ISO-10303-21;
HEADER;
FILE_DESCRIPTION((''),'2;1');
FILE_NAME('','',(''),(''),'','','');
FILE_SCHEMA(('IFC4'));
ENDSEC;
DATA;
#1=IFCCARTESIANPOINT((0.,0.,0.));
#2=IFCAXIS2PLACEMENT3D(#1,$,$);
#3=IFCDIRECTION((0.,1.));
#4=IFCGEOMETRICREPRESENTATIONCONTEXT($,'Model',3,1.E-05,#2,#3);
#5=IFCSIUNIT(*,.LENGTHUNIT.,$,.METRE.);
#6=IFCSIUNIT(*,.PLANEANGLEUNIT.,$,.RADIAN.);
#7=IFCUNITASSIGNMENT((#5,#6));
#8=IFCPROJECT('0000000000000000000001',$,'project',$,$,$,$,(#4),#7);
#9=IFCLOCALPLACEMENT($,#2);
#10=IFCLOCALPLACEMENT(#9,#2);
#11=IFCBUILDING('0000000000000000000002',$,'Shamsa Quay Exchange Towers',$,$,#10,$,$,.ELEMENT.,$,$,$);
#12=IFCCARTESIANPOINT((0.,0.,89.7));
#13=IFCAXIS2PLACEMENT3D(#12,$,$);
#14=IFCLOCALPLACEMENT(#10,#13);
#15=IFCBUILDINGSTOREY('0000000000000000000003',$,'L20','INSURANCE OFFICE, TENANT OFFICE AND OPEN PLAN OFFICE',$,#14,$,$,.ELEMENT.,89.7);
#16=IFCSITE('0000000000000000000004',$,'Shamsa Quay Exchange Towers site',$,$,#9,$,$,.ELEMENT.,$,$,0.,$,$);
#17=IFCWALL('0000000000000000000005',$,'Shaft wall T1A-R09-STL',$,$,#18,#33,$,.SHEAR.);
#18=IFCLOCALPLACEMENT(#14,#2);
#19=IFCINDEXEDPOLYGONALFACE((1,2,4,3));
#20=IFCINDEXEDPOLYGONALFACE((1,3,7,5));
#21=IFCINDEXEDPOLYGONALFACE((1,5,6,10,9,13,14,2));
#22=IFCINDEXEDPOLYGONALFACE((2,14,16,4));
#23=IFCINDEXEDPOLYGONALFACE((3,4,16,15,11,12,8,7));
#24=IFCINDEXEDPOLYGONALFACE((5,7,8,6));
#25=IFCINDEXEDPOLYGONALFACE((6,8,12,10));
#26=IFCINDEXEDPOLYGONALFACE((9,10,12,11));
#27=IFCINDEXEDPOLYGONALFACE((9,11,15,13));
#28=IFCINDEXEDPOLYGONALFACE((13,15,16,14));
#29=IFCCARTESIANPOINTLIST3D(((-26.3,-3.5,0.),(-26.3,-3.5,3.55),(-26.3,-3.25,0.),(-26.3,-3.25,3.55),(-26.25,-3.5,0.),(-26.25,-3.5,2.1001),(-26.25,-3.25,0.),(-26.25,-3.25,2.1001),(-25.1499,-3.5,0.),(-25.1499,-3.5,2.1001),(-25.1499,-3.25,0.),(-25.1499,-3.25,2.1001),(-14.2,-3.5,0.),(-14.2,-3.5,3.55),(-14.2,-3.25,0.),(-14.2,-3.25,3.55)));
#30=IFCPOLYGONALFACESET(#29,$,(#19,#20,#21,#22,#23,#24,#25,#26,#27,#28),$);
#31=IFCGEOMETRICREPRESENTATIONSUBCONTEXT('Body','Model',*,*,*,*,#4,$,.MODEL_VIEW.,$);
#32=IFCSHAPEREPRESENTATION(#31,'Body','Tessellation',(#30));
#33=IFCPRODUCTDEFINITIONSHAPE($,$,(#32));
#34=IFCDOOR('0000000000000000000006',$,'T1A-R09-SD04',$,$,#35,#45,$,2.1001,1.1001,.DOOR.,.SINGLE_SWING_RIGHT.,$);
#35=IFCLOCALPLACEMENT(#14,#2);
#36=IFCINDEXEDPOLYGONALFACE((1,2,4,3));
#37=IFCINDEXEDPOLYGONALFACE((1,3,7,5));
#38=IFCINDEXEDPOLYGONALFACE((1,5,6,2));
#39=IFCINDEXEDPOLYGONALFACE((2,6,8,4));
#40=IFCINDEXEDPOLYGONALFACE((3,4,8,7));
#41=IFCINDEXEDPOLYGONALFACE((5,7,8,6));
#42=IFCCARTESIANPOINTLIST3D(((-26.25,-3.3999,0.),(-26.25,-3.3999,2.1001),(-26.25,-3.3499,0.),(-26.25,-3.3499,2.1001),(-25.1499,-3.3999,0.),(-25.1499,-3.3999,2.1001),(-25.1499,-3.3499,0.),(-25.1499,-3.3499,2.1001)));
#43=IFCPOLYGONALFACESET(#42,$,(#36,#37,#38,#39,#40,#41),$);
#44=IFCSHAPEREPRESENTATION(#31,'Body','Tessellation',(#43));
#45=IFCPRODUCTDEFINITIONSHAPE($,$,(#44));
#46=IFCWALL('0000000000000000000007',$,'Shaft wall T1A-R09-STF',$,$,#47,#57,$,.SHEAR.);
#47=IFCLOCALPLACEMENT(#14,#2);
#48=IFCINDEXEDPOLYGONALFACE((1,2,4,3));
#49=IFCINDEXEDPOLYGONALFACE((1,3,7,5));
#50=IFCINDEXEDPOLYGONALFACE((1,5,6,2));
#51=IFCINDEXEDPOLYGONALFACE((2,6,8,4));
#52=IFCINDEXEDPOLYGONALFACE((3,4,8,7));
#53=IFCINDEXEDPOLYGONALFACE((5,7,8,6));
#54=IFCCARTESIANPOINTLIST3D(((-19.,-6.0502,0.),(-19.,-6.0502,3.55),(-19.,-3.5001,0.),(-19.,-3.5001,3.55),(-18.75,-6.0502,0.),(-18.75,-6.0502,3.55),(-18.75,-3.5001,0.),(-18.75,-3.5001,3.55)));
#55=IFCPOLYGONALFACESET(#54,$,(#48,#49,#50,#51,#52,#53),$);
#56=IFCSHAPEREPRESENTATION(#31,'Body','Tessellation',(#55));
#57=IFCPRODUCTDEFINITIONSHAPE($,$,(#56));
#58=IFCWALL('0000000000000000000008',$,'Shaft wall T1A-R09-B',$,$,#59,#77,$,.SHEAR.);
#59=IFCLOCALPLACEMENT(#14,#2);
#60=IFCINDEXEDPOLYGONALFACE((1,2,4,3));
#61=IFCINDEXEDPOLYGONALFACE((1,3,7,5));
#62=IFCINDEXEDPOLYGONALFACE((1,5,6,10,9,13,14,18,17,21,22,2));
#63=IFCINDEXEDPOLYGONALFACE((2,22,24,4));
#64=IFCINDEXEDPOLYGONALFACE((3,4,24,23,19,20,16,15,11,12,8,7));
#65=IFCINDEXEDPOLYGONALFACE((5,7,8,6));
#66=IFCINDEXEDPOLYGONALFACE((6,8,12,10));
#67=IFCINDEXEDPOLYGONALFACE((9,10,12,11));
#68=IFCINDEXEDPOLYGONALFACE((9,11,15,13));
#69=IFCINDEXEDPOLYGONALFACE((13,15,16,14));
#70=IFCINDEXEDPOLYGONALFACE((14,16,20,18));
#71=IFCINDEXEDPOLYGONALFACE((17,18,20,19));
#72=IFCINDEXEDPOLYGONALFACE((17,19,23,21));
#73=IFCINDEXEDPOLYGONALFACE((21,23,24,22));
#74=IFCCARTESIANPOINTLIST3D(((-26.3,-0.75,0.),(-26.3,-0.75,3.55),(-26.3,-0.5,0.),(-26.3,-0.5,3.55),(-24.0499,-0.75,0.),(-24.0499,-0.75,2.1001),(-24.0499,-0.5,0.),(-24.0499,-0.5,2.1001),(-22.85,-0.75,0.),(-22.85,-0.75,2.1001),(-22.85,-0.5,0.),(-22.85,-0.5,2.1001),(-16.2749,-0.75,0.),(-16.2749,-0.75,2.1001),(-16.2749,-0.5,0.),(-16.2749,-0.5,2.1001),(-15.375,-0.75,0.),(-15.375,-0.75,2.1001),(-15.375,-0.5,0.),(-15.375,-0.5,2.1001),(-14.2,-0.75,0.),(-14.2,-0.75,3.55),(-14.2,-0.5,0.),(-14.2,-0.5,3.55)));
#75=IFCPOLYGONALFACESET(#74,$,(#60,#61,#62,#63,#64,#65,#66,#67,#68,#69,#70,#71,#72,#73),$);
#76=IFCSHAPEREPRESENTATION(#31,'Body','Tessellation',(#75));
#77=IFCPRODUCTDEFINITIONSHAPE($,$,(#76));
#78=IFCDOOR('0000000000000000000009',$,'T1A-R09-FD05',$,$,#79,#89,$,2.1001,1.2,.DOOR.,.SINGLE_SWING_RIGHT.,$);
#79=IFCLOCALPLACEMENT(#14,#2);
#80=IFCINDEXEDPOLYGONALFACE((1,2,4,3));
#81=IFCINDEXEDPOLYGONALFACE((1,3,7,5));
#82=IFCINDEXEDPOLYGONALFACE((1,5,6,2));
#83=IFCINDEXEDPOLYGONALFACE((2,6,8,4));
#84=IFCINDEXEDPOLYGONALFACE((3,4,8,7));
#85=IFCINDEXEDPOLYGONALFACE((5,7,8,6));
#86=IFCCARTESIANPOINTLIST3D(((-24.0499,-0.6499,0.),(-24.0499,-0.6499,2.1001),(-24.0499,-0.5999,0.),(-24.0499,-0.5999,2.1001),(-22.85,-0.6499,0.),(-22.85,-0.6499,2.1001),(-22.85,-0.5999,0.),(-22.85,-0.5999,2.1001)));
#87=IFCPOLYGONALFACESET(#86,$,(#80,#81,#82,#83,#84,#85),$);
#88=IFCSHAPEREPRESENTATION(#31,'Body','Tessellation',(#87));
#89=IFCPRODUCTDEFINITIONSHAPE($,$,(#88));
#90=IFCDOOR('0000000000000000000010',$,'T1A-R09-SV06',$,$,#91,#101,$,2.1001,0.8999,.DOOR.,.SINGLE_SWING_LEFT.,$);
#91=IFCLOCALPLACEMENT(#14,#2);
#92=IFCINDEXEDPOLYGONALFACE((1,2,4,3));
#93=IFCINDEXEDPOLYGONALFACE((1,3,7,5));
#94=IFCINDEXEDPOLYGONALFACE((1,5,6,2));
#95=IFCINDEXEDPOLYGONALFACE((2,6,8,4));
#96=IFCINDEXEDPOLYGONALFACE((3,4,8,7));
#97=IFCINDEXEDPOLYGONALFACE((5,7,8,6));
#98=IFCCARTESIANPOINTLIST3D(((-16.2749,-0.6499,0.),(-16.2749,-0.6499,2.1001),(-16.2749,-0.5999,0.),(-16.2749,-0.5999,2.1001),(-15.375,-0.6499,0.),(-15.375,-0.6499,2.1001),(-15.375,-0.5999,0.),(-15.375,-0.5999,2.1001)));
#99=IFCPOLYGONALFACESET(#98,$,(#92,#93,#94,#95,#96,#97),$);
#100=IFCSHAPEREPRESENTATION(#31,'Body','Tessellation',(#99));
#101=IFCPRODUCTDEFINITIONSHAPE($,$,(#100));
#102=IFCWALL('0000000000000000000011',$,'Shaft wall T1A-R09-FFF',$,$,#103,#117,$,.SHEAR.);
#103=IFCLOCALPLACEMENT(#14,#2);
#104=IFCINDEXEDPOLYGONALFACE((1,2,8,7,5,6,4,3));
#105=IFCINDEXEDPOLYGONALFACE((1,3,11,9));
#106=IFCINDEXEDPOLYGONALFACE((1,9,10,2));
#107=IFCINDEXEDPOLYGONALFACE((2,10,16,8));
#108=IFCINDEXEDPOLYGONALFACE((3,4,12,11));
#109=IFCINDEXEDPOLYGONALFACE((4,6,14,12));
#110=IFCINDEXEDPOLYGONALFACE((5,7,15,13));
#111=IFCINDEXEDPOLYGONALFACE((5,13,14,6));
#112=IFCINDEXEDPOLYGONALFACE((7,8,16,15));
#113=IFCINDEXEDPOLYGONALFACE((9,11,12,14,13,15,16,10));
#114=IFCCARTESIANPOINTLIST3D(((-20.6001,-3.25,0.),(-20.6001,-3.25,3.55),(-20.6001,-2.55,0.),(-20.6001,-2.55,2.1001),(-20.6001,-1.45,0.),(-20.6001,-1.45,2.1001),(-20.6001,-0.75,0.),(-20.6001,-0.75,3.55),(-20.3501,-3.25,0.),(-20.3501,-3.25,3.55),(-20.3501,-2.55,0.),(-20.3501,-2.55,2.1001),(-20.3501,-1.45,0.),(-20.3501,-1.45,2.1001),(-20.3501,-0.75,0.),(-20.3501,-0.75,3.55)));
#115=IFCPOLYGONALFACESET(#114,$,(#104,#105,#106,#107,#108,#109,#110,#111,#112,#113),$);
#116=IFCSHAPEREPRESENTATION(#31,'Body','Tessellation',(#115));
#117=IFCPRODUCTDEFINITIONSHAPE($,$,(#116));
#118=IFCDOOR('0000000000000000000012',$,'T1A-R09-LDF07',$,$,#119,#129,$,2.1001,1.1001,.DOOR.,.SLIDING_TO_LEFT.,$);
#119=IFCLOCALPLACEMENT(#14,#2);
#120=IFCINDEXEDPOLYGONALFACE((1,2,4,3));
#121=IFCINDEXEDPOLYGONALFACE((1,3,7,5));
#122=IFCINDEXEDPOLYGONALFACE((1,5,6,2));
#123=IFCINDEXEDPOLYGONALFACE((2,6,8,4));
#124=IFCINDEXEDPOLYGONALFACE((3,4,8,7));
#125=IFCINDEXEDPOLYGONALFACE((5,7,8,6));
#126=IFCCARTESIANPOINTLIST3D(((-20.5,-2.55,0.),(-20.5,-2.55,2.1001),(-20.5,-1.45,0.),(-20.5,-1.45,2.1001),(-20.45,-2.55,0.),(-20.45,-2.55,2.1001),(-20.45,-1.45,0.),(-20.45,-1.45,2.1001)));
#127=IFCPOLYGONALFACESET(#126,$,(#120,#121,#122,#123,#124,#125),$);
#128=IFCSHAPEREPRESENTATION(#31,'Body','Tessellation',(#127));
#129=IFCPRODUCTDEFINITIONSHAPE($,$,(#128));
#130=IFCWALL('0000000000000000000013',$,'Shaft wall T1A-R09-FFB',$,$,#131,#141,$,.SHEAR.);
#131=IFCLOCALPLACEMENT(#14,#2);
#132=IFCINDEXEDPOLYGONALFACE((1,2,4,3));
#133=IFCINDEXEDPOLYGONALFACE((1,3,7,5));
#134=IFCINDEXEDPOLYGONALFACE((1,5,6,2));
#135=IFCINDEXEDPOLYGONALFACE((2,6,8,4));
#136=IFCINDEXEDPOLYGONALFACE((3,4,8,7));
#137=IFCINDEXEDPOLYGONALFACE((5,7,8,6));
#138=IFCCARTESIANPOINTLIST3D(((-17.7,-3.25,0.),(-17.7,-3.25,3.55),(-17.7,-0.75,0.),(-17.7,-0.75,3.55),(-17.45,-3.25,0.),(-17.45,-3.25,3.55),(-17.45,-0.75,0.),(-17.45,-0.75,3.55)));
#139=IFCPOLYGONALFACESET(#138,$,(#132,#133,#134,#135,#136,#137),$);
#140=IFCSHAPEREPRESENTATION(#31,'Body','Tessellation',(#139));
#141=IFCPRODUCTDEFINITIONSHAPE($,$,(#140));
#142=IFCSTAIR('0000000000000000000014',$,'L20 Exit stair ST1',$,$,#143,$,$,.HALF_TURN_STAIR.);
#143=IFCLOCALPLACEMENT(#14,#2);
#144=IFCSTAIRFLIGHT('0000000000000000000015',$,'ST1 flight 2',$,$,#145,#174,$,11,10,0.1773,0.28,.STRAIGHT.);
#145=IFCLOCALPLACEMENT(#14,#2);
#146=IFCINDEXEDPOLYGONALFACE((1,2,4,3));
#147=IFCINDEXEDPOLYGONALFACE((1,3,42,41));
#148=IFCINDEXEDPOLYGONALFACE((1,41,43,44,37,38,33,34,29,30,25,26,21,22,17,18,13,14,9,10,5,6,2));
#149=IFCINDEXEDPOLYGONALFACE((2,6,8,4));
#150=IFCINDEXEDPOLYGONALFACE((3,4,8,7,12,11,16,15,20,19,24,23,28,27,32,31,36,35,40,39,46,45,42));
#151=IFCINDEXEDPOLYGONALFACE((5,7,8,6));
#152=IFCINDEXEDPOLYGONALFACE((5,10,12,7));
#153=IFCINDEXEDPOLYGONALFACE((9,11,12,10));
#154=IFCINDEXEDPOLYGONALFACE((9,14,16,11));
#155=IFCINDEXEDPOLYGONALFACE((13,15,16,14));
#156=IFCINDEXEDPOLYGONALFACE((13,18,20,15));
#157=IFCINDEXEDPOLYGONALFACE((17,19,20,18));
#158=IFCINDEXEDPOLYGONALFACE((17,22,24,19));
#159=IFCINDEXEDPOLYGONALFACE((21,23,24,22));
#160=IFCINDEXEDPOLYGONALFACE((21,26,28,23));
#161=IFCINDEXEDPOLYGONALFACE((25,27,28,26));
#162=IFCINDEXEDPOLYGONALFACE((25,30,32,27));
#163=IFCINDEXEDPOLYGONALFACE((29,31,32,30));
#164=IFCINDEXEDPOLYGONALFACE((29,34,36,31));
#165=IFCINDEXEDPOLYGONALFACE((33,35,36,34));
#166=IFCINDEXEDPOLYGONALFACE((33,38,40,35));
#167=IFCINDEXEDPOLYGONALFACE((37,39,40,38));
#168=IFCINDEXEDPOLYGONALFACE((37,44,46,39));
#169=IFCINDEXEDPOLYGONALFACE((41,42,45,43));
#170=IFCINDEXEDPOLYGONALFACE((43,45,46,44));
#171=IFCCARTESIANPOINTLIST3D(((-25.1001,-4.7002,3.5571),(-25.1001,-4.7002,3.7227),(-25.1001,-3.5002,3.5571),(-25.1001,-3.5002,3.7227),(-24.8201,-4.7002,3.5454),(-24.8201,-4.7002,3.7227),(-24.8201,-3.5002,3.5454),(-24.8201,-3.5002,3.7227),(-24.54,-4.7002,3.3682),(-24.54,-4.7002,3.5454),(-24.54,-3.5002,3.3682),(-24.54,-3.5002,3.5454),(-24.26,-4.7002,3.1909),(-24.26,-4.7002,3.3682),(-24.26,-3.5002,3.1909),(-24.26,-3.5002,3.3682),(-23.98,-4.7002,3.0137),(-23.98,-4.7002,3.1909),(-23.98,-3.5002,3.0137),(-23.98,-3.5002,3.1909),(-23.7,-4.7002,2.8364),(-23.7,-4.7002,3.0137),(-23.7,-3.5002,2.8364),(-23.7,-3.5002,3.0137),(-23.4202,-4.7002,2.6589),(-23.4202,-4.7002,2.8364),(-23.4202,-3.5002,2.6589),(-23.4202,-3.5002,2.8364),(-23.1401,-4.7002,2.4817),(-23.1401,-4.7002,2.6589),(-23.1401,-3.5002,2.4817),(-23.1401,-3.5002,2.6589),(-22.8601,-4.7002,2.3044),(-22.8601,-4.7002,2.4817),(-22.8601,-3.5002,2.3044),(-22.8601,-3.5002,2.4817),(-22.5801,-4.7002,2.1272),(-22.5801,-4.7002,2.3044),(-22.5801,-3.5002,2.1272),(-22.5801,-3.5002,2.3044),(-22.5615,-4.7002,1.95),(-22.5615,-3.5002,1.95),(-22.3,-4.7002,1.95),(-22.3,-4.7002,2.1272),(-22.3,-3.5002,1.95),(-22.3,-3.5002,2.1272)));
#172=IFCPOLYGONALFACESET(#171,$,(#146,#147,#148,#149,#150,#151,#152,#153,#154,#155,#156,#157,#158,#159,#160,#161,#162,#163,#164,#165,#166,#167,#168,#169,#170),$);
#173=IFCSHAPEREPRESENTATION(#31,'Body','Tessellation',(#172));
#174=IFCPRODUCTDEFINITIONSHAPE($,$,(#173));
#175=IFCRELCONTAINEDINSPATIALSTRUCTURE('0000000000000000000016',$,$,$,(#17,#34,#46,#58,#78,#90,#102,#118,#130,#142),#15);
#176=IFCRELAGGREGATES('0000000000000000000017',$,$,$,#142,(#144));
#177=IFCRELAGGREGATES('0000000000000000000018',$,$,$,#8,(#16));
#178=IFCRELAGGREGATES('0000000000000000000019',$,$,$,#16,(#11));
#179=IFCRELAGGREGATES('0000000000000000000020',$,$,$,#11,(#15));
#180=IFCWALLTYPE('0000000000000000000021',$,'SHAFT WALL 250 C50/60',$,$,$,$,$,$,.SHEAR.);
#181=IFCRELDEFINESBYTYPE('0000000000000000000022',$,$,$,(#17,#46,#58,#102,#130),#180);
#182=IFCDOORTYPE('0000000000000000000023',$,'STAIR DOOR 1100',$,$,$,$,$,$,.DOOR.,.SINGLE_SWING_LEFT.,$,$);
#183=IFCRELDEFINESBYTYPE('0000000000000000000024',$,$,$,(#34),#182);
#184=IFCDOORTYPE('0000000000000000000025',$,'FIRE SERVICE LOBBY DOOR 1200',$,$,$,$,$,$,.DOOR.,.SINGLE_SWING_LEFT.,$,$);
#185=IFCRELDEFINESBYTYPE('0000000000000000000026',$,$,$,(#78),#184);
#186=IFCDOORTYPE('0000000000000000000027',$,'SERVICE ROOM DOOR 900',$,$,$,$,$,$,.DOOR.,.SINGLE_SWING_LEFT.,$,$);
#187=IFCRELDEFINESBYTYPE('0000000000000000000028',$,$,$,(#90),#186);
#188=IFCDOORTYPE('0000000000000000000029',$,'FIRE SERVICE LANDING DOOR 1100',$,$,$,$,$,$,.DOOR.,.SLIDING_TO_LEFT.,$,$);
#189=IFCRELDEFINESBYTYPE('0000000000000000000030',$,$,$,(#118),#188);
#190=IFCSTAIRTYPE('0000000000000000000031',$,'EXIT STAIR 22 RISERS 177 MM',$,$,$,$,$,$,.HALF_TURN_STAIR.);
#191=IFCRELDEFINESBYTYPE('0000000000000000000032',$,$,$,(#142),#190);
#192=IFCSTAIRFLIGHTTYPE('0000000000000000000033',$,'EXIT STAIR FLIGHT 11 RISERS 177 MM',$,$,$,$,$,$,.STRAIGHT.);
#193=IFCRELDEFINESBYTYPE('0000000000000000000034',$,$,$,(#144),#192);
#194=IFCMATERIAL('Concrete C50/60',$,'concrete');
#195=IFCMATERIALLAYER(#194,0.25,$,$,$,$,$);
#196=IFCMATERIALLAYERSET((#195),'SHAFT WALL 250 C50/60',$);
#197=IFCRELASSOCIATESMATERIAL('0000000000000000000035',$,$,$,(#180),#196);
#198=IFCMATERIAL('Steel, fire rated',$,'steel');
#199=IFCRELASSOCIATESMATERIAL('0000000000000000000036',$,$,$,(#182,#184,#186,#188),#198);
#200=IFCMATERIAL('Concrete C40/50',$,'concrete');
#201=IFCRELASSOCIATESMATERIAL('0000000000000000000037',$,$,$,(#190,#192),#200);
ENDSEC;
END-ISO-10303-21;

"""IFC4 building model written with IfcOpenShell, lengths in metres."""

from ifc_helpers import new_model, si_unit, direction, frame, frame_2d, origin, place, context, subcontext, project, spatial, polyline, rectangle, outline, extrude, material, layer, layer_set, type_object, element, fill, aggregate, save


model = new_model("IFC4")

# Units and contexts
model_context = context("Model", 3, precision=1e-05, world=origin(), true_north=direction((0.0, 1.0)))
body_context = subcontext(model_context, "Body", "Model", "MODEL_VIEW")
ifc_project = project(units=[si_unit("LENGTHUNIT", "METRE"), si_unit("PLANEANGLEUNIT", "RADIAN")], contexts=[model_context])

# Site, building, storey
site_placement = place(None, origin())
site = spatial("IfcSite", under=ifc_project, at=site_placement, Name="Shamsa Quay Exchange Towers site", CompositionType="ELEMENT", RefElevation=0.0)
building_placement = place(site_placement, origin())
building = spatial("IfcBuilding", under=site, at=building_placement, Name="Shamsa Quay Exchange Towers", CompositionType="ELEMENT")
storey_placement = place(building_placement, frame((0.0, 0.0, 89.7)))
storey = spatial("IfcBuildingStorey", under=building, at=storey_placement, Name="L20", Description="INSURANCE OFFICE, TENANT OFFICE AND OPEN PLAN OFFICE", CompositionType="ELEMENT", Elevation=89.7)

# Wall, opening, door
ifc_material_1 = material(Name="Concrete C50/60", Category="concrete")
ifc_layer_1 = layer(ifc_material_1, 0.25)
ifc_layer_set_1 = layer_set([ifc_layer_1], Name="SHAFT WALL 250 C50/60")
wall_type_1 = type_object("IfcWallType", Name="SHAFT WALL 250 C50/60", PredefinedType="SHEAR", material=ifc_layer_set_1)
wall_1_placement = place(storey_placement, frame((-14.2, -3.375, 0.0), z_axis=(0.0, 0.0, 1.0), x_axis=(-1.0, 0.0, 0.0)))
wall_1 = element("IfcWall", 1, at=wall_1_placement, inside=storey, type_object=wall_type_1, Name="Shaft wall T1A-R09-STL", PredefinedType="SHEAR", context=body_context, shape_type="SweptSolid", body=[
    extrude(rectangle(XDim=12.1001, YDim=0.25, at=frame_2d((6.05, 0.0))), origin(), (0.0, 0.0, 1.0), 3.55),
])
opening_1_placement = place(wall_1_placement, frame((10.95, 0.0, 0.0)))
opening_1 = element("IfcOpeningElement", 2, at=opening_1_placement, cuts=wall_1, PredefinedType="OPENING", context=body_context, shape_type="SweptSolid", body=[
    extrude(rectangle(XDim=1.1001, YDim=2.1001, at=frame_2d((0.55, 1.05))), frame((0.0, 0.135, 0.0), z_axis=(0.0, -1.0, 0.0), x_axis=(1.0, 0.0, 0.0)), (0.0, 0.0, 1.0), 0.27),
])
ifc_material_2 = material(Name="Steel, fire rated", Category="steel")
door_type_1 = type_object("IfcDoorType", Name="STAIR DOOR 1100", OperationType="SINGLE_SWING_LEFT", PredefinedType="DOOR", material=ifc_material_2)
door_1_placement = place(opening_1_placement, origin())
door_1 = element("IfcDoor", 3, at=door_1_placement, inside=storey, type_object=door_type_1, Name="T1A-R09-SD04", OperationType="SINGLE_SWING_RIGHT", OverallHeight=2.1001, OverallWidth=1.1001, PredefinedType="DOOR", context=body_context, shape_type="SweptSolid", body=[
    extrude(rectangle(XDim=1.1001, YDim=2.1001, at=frame_2d((0.55, 1.05))), frame((0.0, 0.0249, 0.0), z_axis=(0.0, -1.0, 0.0), x_axis=(1.0, 0.0, 0.0)), (0.0, 0.0, 1.0), 0.05),
])
fill(opening_1, door_1)

# Wall
wall_2_placement = place(storey_placement, frame((-18.875, -6.05, 0.0), z_axis=(0.0, 0.0, 1.0), x_axis=(0.0, 1.0, 0.0)))
element("IfcWall", 4, at=wall_2_placement, inside=storey, type_object=wall_type_1, Name="Shaft wall T1A-R09-STF", PredefinedType="SHEAR", context=body_context, shape_type="SweptSolid", body=[
    extrude(rectangle(XDim=2.55, YDim=0.25, at=frame_2d((1.2749, 0.0))), origin(), (0.0, 0.0, 1.0), 3.55),
])

# Wall, openings, doors
wall_3_placement = place(storey_placement, frame((-14.2, -0.625, 0.0), z_axis=(0.0, 0.0, 1.0), x_axis=(-1.0, 0.0, 0.0)))
wall_3 = element("IfcWall", 5, at=wall_3_placement, inside=storey, type_object=wall_type_1, Name="Shaft wall T1A-R09-B", PredefinedType="SHEAR", context=body_context, shape_type="SweptSolid", body=[
    extrude(rectangle(XDim=12.1001, YDim=0.25, at=frame_2d((6.05, 0.0))), origin(), (0.0, 0.0, 1.0), 3.55),
])
opening_2_placement = place(wall_3_placement, frame((8.6499, 0.0, 0.0)))
opening_2 = element("IfcOpeningElement", 6, at=opening_2_placement, cuts=wall_3, PredefinedType="OPENING", context=body_context, shape_type="SweptSolid", body=[
    extrude(rectangle(XDim=1.2, YDim=2.1001, at=frame_2d((0.6001, 1.05))), frame((0.0, 0.135, 0.0), z_axis=(0.0, -1.0, 0.0), x_axis=(1.0, 0.0, 0.0)), (0.0, 0.0, 1.0), 0.27),
])
opening_3_placement = place(wall_3_placement, frame((1.175, 0.0, 0.0)))
opening_3 = element("IfcOpeningElement", 7, at=opening_3_placement, cuts=wall_3, PredefinedType="OPENING", context=body_context, shape_type="SweptSolid", body=[
    extrude(rectangle(XDim=0.8999, YDim=2.1001, at=frame_2d((0.45, 1.05))), frame((0.0, 0.135, 0.0), z_axis=(0.0, -1.0, 0.0), x_axis=(1.0, 0.0, 0.0)), (0.0, 0.0, 1.0), 0.27),
])
door_type_2 = type_object("IfcDoorType", Name="FIRE SERVICE LOBBY DOOR 1200", OperationType="SINGLE_SWING_LEFT", PredefinedType="DOOR", material=ifc_material_2)
door_2_placement = place(opening_2_placement, origin())
door_2 = element("IfcDoor", 8, at=door_2_placement, inside=storey, type_object=door_type_2, Name="T1A-R09-FD05", OperationType="SINGLE_SWING_RIGHT", OverallHeight=2.1001, OverallWidth=1.2, PredefinedType="DOOR", context=body_context, shape_type="SweptSolid", body=[
    extrude(rectangle(XDim=1.2, YDim=2.1001, at=frame_2d((0.6001, 1.05))), frame((0.0, 0.0249, 0.0), z_axis=(0.0, -1.0, 0.0), x_axis=(1.0, 0.0, 0.0)), (0.0, 0.0, 1.0), 0.05),
])
fill(opening_2, door_2)
door_type_3 = type_object("IfcDoorType", Name="SERVICE ROOM DOOR 900", OperationType="SINGLE_SWING_LEFT", PredefinedType="DOOR", material=ifc_material_2)
door_3_placement = place(opening_3_placement, origin())
door_3 = element("IfcDoor", 9, at=door_3_placement, inside=storey, type_object=door_type_3, Name="T1A-R09-SV06", OperationType="SINGLE_SWING_LEFT", OverallHeight=2.1001, OverallWidth=0.8999, PredefinedType="DOOR", context=body_context, shape_type="SweptSolid", body=[
    extrude(rectangle(XDim=0.8999, YDim=2.1001, at=frame_2d((0.45, 1.05))), frame((0.0, 0.0249, 0.0), z_axis=(0.0, -1.0, 0.0), x_axis=(1.0, 0.0, 0.0)), (0.0, 0.0, 1.0), 0.05),
])
fill(opening_3, door_3)

# Wall, opening, door
wall_4_placement = place(storey_placement, frame((-20.4751, -3.25, 0.0), z_axis=(0.0, 0.0, 1.0), x_axis=(0.0, 1.0, 0.0)))
wall_4 = element("IfcWall", 10, at=wall_4_placement, inside=storey, type_object=wall_type_1, Name="Shaft wall T1A-R09-FFF", PredefinedType="SHEAR", context=body_context, shape_type="SweptSolid", body=[
    extrude(rectangle(XDim=2.5, YDim=0.25, at=frame_2d((1.25, 0.0))), origin(), (0.0, 0.0, 1.0), 3.55),
])
opening_4_placement = place(wall_4_placement, frame((0.7, 0.0, 0.0)))
opening_4 = element("IfcOpeningElement", 11, at=opening_4_placement, cuts=wall_4, PredefinedType="OPENING", context=body_context, shape_type="SweptSolid", body=[
    extrude(rectangle(XDim=1.1001, YDim=2.1001, at=frame_2d((0.55, 1.05))), frame((0.0, 0.135, 0.0), z_axis=(0.0, -1.0, 0.0), x_axis=(1.0, 0.0, 0.0)), (0.0, 0.0, 1.0), 0.27),
])
door_type_4 = type_object("IfcDoorType", Name="FIRE SERVICE LANDING DOOR 1100", OperationType="SLIDING_TO_LEFT", PredefinedType="DOOR", material=ifc_material_2)
door_4_placement = place(opening_4_placement, origin())
door_4 = element("IfcDoor", 12, at=door_4_placement, inside=storey, type_object=door_type_4, Name="T1A-R09-LDF07", OperationType="SLIDING_TO_LEFT", OverallHeight=2.1001, OverallWidth=1.1001, PredefinedType="DOOR", context=body_context, shape_type="SweptSolid", body=[
    extrude(rectangle(XDim=1.1001, YDim=2.1001, at=frame_2d((0.55, 1.05))), frame((0.0, 0.0249, 0.0), z_axis=(0.0, -1.0, 0.0), x_axis=(1.0, 0.0, 0.0)), (0.0, 0.0, 1.0), 0.05),
])
fill(opening_4, door_4)

# Wall
wall_5_placement = place(storey_placement, frame((-17.575, -3.25, 0.0), z_axis=(0.0, 0.0, 1.0), x_axis=(0.0, 1.0, 0.0)))
element("IfcWall", 13, at=wall_5_placement, inside=storey, type_object=wall_type_1, Name="Shaft wall T1A-R09-FFB", PredefinedType="SHEAR", context=body_context, shape_type="SweptSolid", body=[
    extrude(rectangle(XDim=2.5, YDim=0.25, at=frame_2d((1.25, 0.0))), origin(), (0.0, 0.0, 1.0), 3.55),
])

# Stair, stair flight
ifc_material_3 = material(Name="Concrete C40/50", Category="concrete")
stair_type = type_object("IfcStairType", Name="EXIT STAIR 22 RISERS 177 MM", PredefinedType="HALF_TURN_STAIR", material=ifc_material_3)
stair_placement = place(storey_placement, origin())
stair = element("IfcStair", 14, at=stair_placement, inside=storey, type_object=stair_type, Name="L20 Exit stair ST1", PredefinedType="HALF_TURN_STAIR")
stair_flight_type = type_object("IfcStairFlightType", Name="EXIT STAIR FLIGHT 11 RISERS 177 MM", PredefinedType="STRAIGHT", material=ifc_material_3)
stair_flight_placement = place(storey_placement, frame((-22.3, -4.1001, 1.95), z_axis=(0.0, 0.0, 1.0), x_axis=(-1.0, 0.0, 0.0)))
stair_flight = element("IfcStairFlight", 15, at=stair_flight_placement, type_object=stair_flight_type, Name="ST1 flight 2", NumberOfRisers=11, NumberOfTreads=10, PredefinedType="STRAIGHT", RiserHeight=0.1773, TreadLength=0.28, context=body_context, shape_type="SweptSolid", body=[
    extrude(outline(polyline([(0.0, 0.0), (0.0, 0.1772), (0.28, 0.1772), (0.28, 0.3545), (0.5601, 0.3545), (0.5601, 0.5317), (0.8401, 0.5317), (0.8401, 0.709), (1.1201, 0.709), (1.1201, 0.8865), (1.3999, 0.8865), (1.3999, 1.0637), (1.6799, 1.0637), (1.6799, 1.241), (1.96, 1.241), (1.96, 1.4182), (2.24, 1.4182), (2.24, 1.5955), (2.52, 1.5955), (2.52, 1.7727), (2.8, 1.7727), (2.8, 1.95), (2.8, 1.6072), (0.2615, 0.0), (0.0, 0.0)])), frame((0.0, 0.6001, 0.0), z_axis=(0.0, -1.0, 0.0), x_axis=(1.0, 0.0, 0.0)), (0.0, 0.0, 1.0), 1.2),
])
aggregate(stair, [stair_flight])

save(model, "model.ifc")
